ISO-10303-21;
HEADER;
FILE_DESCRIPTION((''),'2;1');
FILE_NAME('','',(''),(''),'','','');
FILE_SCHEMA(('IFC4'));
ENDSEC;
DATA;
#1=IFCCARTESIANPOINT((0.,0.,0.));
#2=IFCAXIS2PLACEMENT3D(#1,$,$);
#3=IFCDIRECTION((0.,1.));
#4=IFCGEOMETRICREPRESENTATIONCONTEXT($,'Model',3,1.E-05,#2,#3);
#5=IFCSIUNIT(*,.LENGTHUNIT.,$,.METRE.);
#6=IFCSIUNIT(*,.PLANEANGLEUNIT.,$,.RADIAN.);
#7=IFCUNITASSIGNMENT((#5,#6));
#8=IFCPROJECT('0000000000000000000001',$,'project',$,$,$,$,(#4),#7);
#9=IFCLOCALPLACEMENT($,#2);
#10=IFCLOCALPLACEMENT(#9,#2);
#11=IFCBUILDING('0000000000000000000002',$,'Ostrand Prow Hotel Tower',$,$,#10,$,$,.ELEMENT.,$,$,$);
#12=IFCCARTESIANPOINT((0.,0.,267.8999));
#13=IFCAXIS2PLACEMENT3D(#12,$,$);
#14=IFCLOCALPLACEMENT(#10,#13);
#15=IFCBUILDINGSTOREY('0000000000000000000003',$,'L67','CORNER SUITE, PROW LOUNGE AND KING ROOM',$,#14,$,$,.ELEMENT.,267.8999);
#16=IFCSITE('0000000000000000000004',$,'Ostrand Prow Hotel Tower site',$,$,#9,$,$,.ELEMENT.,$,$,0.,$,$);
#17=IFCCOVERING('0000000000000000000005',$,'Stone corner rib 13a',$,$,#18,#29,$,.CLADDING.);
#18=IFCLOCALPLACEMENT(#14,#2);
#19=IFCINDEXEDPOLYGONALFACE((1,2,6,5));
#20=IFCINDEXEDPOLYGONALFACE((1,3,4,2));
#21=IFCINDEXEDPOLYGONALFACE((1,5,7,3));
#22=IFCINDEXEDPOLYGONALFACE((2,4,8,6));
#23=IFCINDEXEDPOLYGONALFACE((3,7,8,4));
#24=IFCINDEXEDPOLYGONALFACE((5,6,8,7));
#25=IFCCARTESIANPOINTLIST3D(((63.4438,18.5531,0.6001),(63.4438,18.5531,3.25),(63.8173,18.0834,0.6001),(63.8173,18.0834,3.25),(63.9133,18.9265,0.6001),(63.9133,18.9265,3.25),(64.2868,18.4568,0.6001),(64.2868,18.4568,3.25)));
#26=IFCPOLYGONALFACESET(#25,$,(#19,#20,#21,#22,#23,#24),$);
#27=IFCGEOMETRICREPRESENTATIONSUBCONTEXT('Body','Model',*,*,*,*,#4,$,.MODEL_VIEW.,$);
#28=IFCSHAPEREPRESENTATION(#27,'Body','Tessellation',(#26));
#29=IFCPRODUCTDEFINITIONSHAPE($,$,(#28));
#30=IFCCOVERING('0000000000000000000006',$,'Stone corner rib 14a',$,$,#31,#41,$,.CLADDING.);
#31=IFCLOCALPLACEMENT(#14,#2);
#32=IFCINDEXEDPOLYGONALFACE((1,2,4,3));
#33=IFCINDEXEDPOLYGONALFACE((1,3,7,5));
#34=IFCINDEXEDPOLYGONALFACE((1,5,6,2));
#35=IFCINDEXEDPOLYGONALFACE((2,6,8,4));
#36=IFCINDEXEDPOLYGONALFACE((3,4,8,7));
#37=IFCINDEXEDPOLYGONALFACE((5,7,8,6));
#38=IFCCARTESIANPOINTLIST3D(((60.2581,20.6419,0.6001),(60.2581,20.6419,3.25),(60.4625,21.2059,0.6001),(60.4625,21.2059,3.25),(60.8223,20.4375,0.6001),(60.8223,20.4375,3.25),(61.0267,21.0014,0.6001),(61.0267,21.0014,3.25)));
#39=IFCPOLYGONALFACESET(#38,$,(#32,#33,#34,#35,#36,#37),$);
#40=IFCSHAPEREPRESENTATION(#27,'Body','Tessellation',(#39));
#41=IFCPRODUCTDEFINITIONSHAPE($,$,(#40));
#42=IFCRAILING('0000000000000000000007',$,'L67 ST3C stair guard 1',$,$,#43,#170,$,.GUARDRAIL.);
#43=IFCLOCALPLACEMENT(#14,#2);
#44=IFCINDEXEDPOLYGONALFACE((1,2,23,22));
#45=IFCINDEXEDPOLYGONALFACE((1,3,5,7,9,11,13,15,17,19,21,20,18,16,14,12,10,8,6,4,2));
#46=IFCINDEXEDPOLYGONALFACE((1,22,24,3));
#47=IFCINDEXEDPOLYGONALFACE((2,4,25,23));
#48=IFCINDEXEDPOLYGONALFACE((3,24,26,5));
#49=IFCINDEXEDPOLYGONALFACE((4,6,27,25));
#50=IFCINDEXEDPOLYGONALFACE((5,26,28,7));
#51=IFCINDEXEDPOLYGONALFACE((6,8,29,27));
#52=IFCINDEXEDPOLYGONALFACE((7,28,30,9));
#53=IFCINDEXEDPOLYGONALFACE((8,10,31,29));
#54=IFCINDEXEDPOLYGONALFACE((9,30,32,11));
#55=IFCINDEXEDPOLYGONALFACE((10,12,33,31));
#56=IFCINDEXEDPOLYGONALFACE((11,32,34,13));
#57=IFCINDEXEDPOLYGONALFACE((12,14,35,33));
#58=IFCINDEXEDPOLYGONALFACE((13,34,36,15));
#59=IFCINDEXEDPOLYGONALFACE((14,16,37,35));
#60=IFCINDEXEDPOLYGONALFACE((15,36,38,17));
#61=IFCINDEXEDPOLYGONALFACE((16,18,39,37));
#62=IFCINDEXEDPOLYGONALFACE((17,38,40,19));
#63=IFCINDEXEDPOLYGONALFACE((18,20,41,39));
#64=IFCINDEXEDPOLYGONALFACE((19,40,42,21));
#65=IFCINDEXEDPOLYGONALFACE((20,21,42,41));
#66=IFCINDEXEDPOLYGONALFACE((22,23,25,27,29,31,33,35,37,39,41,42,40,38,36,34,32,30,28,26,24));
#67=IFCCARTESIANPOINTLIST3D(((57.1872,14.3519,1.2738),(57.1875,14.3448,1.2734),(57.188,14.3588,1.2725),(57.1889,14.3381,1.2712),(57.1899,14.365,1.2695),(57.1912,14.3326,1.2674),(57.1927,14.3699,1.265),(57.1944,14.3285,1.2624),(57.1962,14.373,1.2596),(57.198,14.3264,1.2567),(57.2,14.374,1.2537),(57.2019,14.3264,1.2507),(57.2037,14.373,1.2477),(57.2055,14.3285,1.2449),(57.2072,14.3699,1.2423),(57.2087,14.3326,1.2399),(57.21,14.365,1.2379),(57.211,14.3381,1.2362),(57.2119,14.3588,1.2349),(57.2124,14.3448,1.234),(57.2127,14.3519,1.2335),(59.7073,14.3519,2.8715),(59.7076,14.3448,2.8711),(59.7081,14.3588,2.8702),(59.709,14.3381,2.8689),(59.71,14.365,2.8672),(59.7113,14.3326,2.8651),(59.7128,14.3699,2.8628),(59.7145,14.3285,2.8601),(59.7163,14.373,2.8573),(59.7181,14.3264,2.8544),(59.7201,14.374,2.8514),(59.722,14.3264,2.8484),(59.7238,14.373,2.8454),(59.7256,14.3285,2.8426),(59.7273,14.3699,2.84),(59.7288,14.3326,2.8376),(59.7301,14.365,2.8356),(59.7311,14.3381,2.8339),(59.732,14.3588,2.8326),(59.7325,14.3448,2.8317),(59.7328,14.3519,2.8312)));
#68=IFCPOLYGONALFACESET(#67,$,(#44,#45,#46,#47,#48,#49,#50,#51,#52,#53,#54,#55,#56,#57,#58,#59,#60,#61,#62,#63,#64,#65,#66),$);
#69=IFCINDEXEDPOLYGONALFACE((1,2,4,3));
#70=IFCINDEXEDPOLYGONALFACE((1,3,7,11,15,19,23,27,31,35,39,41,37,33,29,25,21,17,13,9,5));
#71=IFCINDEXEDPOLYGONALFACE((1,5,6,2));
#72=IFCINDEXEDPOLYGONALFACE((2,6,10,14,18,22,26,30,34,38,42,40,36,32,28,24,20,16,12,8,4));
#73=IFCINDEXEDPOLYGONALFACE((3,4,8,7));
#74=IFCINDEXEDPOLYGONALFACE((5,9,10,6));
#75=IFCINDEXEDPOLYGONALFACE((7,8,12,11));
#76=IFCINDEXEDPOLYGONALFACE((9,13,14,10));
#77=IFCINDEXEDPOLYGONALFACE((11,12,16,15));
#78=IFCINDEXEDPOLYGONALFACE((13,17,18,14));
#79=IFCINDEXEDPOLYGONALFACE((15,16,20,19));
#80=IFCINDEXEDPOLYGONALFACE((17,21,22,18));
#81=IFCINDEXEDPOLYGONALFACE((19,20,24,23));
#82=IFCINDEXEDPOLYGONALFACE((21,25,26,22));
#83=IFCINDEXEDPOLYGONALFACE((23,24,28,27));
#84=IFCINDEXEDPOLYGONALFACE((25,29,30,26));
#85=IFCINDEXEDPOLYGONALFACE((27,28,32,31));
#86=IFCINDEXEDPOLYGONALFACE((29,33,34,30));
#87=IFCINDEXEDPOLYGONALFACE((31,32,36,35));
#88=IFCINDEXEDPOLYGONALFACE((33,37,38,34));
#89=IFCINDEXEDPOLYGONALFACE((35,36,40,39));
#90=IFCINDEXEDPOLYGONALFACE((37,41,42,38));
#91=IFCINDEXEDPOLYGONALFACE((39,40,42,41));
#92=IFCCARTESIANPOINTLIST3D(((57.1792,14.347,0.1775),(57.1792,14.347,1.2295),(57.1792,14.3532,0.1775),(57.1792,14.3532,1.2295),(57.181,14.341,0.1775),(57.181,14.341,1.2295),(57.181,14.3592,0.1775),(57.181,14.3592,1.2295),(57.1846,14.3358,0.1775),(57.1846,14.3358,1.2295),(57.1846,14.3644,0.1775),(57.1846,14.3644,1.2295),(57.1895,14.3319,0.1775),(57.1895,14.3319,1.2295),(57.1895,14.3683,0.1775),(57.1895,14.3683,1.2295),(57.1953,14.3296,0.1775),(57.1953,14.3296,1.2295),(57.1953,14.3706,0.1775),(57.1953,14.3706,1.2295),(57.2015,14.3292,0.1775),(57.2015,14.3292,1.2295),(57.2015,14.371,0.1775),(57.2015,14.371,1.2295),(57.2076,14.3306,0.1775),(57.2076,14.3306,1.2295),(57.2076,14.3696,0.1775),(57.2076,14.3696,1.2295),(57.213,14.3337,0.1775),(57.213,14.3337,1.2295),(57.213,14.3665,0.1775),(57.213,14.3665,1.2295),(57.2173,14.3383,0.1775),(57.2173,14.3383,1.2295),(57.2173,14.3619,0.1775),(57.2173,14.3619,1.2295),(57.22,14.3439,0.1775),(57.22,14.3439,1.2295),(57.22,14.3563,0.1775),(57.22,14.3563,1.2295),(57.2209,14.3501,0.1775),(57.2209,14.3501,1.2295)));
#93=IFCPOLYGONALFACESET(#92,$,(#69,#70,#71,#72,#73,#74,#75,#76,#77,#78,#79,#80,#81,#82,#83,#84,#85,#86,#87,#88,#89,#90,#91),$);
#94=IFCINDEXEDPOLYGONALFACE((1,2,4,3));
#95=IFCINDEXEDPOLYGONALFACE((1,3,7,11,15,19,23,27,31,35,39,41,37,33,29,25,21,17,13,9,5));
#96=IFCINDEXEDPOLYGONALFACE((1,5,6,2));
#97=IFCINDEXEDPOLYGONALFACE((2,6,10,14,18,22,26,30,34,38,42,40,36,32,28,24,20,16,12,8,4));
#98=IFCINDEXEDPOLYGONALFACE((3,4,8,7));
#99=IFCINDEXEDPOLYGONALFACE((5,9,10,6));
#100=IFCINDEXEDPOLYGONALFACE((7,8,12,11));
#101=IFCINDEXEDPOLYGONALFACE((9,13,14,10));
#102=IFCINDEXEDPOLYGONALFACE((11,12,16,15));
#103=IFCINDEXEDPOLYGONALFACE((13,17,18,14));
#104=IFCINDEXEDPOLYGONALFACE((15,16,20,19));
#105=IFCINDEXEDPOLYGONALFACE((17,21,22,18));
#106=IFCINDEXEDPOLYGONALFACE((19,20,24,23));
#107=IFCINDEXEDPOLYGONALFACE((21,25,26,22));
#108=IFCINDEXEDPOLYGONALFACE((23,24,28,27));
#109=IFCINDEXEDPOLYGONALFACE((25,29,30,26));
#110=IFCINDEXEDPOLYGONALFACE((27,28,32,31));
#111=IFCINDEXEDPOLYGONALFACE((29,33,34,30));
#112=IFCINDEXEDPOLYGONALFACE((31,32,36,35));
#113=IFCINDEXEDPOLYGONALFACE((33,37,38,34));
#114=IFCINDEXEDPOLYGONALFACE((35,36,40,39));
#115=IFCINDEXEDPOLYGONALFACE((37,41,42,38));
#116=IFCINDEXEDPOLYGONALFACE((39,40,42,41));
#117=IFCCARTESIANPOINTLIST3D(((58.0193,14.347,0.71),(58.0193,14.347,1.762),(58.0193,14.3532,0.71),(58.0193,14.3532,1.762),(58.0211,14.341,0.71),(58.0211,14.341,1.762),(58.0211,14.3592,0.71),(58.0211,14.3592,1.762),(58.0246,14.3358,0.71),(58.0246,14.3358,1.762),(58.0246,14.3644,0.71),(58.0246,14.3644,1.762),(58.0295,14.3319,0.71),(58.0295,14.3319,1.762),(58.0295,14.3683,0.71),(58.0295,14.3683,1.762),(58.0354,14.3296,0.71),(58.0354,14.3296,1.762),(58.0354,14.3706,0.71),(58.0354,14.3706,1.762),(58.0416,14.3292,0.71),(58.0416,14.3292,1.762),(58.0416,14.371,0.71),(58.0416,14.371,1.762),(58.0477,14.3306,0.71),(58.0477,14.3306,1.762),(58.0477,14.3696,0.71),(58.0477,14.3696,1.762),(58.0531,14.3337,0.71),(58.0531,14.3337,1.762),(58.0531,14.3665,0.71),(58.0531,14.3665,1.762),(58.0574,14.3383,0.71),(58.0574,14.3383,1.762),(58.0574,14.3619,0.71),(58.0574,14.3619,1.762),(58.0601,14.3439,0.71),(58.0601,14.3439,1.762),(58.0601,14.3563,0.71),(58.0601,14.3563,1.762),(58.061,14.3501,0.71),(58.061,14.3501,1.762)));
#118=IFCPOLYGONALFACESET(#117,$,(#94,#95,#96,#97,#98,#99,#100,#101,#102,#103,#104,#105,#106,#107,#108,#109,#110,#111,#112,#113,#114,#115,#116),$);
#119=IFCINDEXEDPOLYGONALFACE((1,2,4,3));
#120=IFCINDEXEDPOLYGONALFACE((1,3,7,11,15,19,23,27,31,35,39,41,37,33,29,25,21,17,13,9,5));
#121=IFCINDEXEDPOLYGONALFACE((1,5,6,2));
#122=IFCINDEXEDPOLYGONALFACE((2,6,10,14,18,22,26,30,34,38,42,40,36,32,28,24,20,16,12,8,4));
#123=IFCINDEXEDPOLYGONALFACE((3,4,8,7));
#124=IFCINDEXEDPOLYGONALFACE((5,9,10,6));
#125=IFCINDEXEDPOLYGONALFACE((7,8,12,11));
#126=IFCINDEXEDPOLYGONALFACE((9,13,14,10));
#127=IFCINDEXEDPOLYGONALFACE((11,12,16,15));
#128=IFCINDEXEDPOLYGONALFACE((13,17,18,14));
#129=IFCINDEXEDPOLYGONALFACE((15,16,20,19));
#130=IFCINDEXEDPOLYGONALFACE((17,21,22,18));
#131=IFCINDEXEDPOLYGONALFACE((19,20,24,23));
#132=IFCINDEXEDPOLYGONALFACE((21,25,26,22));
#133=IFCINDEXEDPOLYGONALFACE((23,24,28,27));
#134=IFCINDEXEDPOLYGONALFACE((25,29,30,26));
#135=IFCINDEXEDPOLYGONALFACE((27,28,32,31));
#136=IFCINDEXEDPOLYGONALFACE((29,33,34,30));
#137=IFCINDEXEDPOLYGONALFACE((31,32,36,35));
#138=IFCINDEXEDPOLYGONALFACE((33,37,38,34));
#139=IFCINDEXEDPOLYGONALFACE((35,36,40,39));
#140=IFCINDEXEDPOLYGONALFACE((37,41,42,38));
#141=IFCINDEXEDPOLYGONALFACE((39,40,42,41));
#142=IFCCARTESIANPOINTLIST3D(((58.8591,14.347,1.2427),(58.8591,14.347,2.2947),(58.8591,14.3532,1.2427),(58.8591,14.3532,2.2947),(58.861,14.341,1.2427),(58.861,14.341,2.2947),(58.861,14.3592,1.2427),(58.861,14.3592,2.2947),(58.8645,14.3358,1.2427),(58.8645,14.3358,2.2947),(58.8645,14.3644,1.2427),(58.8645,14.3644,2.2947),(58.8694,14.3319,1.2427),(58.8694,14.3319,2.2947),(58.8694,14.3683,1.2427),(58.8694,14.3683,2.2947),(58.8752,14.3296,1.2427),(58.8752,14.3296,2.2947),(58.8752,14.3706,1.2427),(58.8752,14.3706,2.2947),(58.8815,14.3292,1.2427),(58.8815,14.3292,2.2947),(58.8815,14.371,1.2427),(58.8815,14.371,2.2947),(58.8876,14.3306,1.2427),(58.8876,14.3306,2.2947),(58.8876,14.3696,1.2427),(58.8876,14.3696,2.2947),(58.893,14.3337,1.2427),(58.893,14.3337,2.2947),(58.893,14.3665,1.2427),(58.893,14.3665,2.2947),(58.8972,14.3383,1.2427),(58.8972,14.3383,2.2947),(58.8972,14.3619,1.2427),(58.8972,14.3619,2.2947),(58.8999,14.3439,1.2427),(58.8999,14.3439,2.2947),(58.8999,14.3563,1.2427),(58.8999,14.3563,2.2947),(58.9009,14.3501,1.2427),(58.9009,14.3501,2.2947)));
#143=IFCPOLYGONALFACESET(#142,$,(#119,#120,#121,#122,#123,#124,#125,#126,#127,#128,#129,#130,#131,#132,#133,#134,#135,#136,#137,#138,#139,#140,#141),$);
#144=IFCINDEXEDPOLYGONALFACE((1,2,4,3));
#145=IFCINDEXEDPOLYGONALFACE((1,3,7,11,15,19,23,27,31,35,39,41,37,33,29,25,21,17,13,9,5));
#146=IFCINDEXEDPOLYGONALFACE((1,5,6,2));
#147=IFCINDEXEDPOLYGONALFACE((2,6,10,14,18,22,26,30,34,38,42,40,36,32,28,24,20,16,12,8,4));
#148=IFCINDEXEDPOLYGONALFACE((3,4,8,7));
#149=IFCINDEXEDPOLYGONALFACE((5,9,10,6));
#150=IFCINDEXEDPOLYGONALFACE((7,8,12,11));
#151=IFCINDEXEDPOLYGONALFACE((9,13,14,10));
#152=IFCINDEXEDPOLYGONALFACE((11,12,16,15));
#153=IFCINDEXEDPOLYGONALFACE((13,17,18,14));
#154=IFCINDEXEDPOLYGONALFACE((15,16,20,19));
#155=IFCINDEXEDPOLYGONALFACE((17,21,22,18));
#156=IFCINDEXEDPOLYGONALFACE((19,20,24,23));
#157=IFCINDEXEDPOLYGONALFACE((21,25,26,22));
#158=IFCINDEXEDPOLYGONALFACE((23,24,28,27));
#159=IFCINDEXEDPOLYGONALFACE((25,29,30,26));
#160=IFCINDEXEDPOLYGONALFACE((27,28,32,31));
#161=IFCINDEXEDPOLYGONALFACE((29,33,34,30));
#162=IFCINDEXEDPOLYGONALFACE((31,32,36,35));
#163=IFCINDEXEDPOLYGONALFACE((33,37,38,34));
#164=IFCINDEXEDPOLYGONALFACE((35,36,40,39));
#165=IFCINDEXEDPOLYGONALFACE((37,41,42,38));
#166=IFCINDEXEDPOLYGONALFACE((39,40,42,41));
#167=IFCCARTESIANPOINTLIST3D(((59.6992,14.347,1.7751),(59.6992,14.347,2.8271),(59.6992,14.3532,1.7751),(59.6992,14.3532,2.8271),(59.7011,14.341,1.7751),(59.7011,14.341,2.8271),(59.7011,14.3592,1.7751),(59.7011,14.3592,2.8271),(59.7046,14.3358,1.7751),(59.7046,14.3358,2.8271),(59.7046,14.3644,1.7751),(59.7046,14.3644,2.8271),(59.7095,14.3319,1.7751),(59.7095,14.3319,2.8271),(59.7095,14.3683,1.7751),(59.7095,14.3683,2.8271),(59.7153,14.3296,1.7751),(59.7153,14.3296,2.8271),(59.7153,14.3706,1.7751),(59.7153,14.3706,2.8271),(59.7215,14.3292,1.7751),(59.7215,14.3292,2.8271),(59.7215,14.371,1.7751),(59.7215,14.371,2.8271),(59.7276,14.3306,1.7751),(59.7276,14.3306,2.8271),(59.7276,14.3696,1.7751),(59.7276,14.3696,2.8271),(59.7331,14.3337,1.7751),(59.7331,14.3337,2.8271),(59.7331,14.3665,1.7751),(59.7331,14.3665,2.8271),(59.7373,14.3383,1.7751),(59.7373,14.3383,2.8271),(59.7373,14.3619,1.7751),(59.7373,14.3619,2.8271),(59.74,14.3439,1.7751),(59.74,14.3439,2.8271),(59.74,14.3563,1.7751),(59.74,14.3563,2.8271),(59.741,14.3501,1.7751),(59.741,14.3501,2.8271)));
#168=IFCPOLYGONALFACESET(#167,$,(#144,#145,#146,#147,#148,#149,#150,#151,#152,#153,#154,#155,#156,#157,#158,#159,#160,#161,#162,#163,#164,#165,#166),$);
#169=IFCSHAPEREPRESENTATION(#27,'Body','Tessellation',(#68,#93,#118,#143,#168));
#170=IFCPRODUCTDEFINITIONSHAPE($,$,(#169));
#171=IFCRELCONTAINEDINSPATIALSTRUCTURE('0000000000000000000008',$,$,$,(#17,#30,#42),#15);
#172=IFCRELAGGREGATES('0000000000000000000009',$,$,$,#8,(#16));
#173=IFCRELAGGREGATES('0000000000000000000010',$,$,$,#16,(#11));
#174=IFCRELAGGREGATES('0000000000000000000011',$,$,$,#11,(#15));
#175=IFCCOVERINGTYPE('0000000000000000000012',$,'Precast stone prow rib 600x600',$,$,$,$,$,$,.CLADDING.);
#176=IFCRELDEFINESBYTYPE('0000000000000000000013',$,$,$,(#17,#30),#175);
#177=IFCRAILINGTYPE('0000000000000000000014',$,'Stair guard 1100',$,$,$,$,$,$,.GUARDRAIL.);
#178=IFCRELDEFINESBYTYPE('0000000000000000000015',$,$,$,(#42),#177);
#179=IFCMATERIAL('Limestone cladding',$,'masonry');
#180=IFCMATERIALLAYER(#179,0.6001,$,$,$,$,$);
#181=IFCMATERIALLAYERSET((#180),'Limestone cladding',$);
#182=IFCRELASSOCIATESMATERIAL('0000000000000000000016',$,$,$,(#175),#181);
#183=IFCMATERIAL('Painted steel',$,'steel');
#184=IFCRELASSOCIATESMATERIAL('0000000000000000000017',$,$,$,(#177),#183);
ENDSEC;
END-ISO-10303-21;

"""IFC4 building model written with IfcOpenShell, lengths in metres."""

from ifc_helpers import new_model, si_unit, direction, frame, frame_2d, origin, origin_2d, place, context, subcontext, project, spatial, rectangle, circle, extrude, material, layer, layer_set, type_object, element, save


model = new_model("IFC4")

# Units and contexts
model_context = context("Model", 3, precision=1e-05, world=origin(), true_north=direction((0.0, 1.0)))
body_context = subcontext(model_context, "Body", "Model", "MODEL_VIEW")
ifc_project = project(units=[si_unit("LENGTHUNIT", "METRE"), si_unit("PLANEANGLEUNIT", "RADIAN")], contexts=[model_context])

# Site, building, storey
site_placement = place(None, origin())
site = spatial("IfcSite", under=ifc_project, at=site_placement, Name="Ostrand Prow Hotel Tower site", CompositionType="ELEMENT", RefElevation=0.0)
building_placement = place(site_placement, origin())
building = spatial("IfcBuilding", under=site, at=building_placement, Name="Ostrand Prow Hotel Tower", CompositionType="ELEMENT")
storey_placement = place(building_placement, frame((0.0, 0.0, 267.8999)))
storey = spatial("IfcBuildingStorey", under=building, at=storey_placement, Name="L67", Description="CORNER SUITE, PROW LOUNGE AND KING ROOM", CompositionType="ELEMENT", Elevation=267.8999)

# Coverings
ifc_material_1 = material(Name="Limestone cladding", Category="masonry")
ifc_layer_1 = layer(ifc_material_1, 0.6001)
ifc_layer_set_1 = layer_set([ifc_layer_1], Name="Limestone cladding")
covering_type = type_object("IfcCoveringType", Name="Precast stone prow rib 600x600", PredefinedType="CLADDING", material=ifc_layer_set_1)
for number, where, z_axis, x_axis, name in (
    (1, (63.6306, 18.3184, 0.6001), (0.0, 0.0, 1.0), (0.782732, 0.622359, 0.0), "Stone corner rib 13a"),
    (2, (60.5403, 20.5398, 0.6001), (0.0, 0.0, 1.0), (0.340664, 0.940185, 0.0), "Stone corner rib 14a"),
):
    element("IfcCovering", number, at=place(storey_placement, frame(where, z_axis=z_axis, x_axis=x_axis)), inside=storey, type_object=covering_type, Name=name, PredefinedType="CLADDING", context=body_context, shape_type="SweptSolid", body=[
        extrude(rectangle(XDim=0.5999, YDim=0.6001, at=frame_2d((0.2998, 0.0))), origin(), (0.0, 0.0, 1.0), 2.6499),
    ])

# Railing
ifc_material_2 = material(Name="Painted steel", Category="steel")
railing_type_1 = type_object("IfcRailingType", Name="Stair guard 1100", PredefinedType="GUARDRAIL", material=ifc_material_2)
railing_1_placement = place(storey_placement, frame((57.2, 14.3501, 0.1775)))
element("IfcRailing", 3, at=railing_1_placement, inside=storey, type_object=railing_type_1, Name="L67 ST3C stair guard 1", PredefinedType="GUARDRAIL", context=body_context, shape_type="SweptSolid", body=[
    extrude(circle(Radius=0.0239, at=origin_2d()), frame((0.0, 0.0, 1.0762), z_axis=(0.84457, 0.0, 0.535445), x_axis=(0.0, 1.0, 0.0)), (0.0, 0.0, 1.0), 2.9839),
    extrude(circle(Radius=0.021, at=origin_2d()), origin(), (0.0, 0.0, 1.0), 1.052),
    extrude(circle(Radius=0.021, at=origin_2d()), frame((0.8401, 0.0, 0.5325)), (0.0, 0.0, 1.0), 1.052),
    extrude(circle(Radius=0.021, at=origin_2d()), frame((1.6799, 0.0, 1.0652)), (0.0, 0.0, 1.0), 1.052),
    extrude(circle(Radius=0.021, at=origin_2d()), frame((2.52, 0.0, 1.5977)), (0.0, 0.0, 1.0), 1.052),
])

save(model, "model.ifc")
